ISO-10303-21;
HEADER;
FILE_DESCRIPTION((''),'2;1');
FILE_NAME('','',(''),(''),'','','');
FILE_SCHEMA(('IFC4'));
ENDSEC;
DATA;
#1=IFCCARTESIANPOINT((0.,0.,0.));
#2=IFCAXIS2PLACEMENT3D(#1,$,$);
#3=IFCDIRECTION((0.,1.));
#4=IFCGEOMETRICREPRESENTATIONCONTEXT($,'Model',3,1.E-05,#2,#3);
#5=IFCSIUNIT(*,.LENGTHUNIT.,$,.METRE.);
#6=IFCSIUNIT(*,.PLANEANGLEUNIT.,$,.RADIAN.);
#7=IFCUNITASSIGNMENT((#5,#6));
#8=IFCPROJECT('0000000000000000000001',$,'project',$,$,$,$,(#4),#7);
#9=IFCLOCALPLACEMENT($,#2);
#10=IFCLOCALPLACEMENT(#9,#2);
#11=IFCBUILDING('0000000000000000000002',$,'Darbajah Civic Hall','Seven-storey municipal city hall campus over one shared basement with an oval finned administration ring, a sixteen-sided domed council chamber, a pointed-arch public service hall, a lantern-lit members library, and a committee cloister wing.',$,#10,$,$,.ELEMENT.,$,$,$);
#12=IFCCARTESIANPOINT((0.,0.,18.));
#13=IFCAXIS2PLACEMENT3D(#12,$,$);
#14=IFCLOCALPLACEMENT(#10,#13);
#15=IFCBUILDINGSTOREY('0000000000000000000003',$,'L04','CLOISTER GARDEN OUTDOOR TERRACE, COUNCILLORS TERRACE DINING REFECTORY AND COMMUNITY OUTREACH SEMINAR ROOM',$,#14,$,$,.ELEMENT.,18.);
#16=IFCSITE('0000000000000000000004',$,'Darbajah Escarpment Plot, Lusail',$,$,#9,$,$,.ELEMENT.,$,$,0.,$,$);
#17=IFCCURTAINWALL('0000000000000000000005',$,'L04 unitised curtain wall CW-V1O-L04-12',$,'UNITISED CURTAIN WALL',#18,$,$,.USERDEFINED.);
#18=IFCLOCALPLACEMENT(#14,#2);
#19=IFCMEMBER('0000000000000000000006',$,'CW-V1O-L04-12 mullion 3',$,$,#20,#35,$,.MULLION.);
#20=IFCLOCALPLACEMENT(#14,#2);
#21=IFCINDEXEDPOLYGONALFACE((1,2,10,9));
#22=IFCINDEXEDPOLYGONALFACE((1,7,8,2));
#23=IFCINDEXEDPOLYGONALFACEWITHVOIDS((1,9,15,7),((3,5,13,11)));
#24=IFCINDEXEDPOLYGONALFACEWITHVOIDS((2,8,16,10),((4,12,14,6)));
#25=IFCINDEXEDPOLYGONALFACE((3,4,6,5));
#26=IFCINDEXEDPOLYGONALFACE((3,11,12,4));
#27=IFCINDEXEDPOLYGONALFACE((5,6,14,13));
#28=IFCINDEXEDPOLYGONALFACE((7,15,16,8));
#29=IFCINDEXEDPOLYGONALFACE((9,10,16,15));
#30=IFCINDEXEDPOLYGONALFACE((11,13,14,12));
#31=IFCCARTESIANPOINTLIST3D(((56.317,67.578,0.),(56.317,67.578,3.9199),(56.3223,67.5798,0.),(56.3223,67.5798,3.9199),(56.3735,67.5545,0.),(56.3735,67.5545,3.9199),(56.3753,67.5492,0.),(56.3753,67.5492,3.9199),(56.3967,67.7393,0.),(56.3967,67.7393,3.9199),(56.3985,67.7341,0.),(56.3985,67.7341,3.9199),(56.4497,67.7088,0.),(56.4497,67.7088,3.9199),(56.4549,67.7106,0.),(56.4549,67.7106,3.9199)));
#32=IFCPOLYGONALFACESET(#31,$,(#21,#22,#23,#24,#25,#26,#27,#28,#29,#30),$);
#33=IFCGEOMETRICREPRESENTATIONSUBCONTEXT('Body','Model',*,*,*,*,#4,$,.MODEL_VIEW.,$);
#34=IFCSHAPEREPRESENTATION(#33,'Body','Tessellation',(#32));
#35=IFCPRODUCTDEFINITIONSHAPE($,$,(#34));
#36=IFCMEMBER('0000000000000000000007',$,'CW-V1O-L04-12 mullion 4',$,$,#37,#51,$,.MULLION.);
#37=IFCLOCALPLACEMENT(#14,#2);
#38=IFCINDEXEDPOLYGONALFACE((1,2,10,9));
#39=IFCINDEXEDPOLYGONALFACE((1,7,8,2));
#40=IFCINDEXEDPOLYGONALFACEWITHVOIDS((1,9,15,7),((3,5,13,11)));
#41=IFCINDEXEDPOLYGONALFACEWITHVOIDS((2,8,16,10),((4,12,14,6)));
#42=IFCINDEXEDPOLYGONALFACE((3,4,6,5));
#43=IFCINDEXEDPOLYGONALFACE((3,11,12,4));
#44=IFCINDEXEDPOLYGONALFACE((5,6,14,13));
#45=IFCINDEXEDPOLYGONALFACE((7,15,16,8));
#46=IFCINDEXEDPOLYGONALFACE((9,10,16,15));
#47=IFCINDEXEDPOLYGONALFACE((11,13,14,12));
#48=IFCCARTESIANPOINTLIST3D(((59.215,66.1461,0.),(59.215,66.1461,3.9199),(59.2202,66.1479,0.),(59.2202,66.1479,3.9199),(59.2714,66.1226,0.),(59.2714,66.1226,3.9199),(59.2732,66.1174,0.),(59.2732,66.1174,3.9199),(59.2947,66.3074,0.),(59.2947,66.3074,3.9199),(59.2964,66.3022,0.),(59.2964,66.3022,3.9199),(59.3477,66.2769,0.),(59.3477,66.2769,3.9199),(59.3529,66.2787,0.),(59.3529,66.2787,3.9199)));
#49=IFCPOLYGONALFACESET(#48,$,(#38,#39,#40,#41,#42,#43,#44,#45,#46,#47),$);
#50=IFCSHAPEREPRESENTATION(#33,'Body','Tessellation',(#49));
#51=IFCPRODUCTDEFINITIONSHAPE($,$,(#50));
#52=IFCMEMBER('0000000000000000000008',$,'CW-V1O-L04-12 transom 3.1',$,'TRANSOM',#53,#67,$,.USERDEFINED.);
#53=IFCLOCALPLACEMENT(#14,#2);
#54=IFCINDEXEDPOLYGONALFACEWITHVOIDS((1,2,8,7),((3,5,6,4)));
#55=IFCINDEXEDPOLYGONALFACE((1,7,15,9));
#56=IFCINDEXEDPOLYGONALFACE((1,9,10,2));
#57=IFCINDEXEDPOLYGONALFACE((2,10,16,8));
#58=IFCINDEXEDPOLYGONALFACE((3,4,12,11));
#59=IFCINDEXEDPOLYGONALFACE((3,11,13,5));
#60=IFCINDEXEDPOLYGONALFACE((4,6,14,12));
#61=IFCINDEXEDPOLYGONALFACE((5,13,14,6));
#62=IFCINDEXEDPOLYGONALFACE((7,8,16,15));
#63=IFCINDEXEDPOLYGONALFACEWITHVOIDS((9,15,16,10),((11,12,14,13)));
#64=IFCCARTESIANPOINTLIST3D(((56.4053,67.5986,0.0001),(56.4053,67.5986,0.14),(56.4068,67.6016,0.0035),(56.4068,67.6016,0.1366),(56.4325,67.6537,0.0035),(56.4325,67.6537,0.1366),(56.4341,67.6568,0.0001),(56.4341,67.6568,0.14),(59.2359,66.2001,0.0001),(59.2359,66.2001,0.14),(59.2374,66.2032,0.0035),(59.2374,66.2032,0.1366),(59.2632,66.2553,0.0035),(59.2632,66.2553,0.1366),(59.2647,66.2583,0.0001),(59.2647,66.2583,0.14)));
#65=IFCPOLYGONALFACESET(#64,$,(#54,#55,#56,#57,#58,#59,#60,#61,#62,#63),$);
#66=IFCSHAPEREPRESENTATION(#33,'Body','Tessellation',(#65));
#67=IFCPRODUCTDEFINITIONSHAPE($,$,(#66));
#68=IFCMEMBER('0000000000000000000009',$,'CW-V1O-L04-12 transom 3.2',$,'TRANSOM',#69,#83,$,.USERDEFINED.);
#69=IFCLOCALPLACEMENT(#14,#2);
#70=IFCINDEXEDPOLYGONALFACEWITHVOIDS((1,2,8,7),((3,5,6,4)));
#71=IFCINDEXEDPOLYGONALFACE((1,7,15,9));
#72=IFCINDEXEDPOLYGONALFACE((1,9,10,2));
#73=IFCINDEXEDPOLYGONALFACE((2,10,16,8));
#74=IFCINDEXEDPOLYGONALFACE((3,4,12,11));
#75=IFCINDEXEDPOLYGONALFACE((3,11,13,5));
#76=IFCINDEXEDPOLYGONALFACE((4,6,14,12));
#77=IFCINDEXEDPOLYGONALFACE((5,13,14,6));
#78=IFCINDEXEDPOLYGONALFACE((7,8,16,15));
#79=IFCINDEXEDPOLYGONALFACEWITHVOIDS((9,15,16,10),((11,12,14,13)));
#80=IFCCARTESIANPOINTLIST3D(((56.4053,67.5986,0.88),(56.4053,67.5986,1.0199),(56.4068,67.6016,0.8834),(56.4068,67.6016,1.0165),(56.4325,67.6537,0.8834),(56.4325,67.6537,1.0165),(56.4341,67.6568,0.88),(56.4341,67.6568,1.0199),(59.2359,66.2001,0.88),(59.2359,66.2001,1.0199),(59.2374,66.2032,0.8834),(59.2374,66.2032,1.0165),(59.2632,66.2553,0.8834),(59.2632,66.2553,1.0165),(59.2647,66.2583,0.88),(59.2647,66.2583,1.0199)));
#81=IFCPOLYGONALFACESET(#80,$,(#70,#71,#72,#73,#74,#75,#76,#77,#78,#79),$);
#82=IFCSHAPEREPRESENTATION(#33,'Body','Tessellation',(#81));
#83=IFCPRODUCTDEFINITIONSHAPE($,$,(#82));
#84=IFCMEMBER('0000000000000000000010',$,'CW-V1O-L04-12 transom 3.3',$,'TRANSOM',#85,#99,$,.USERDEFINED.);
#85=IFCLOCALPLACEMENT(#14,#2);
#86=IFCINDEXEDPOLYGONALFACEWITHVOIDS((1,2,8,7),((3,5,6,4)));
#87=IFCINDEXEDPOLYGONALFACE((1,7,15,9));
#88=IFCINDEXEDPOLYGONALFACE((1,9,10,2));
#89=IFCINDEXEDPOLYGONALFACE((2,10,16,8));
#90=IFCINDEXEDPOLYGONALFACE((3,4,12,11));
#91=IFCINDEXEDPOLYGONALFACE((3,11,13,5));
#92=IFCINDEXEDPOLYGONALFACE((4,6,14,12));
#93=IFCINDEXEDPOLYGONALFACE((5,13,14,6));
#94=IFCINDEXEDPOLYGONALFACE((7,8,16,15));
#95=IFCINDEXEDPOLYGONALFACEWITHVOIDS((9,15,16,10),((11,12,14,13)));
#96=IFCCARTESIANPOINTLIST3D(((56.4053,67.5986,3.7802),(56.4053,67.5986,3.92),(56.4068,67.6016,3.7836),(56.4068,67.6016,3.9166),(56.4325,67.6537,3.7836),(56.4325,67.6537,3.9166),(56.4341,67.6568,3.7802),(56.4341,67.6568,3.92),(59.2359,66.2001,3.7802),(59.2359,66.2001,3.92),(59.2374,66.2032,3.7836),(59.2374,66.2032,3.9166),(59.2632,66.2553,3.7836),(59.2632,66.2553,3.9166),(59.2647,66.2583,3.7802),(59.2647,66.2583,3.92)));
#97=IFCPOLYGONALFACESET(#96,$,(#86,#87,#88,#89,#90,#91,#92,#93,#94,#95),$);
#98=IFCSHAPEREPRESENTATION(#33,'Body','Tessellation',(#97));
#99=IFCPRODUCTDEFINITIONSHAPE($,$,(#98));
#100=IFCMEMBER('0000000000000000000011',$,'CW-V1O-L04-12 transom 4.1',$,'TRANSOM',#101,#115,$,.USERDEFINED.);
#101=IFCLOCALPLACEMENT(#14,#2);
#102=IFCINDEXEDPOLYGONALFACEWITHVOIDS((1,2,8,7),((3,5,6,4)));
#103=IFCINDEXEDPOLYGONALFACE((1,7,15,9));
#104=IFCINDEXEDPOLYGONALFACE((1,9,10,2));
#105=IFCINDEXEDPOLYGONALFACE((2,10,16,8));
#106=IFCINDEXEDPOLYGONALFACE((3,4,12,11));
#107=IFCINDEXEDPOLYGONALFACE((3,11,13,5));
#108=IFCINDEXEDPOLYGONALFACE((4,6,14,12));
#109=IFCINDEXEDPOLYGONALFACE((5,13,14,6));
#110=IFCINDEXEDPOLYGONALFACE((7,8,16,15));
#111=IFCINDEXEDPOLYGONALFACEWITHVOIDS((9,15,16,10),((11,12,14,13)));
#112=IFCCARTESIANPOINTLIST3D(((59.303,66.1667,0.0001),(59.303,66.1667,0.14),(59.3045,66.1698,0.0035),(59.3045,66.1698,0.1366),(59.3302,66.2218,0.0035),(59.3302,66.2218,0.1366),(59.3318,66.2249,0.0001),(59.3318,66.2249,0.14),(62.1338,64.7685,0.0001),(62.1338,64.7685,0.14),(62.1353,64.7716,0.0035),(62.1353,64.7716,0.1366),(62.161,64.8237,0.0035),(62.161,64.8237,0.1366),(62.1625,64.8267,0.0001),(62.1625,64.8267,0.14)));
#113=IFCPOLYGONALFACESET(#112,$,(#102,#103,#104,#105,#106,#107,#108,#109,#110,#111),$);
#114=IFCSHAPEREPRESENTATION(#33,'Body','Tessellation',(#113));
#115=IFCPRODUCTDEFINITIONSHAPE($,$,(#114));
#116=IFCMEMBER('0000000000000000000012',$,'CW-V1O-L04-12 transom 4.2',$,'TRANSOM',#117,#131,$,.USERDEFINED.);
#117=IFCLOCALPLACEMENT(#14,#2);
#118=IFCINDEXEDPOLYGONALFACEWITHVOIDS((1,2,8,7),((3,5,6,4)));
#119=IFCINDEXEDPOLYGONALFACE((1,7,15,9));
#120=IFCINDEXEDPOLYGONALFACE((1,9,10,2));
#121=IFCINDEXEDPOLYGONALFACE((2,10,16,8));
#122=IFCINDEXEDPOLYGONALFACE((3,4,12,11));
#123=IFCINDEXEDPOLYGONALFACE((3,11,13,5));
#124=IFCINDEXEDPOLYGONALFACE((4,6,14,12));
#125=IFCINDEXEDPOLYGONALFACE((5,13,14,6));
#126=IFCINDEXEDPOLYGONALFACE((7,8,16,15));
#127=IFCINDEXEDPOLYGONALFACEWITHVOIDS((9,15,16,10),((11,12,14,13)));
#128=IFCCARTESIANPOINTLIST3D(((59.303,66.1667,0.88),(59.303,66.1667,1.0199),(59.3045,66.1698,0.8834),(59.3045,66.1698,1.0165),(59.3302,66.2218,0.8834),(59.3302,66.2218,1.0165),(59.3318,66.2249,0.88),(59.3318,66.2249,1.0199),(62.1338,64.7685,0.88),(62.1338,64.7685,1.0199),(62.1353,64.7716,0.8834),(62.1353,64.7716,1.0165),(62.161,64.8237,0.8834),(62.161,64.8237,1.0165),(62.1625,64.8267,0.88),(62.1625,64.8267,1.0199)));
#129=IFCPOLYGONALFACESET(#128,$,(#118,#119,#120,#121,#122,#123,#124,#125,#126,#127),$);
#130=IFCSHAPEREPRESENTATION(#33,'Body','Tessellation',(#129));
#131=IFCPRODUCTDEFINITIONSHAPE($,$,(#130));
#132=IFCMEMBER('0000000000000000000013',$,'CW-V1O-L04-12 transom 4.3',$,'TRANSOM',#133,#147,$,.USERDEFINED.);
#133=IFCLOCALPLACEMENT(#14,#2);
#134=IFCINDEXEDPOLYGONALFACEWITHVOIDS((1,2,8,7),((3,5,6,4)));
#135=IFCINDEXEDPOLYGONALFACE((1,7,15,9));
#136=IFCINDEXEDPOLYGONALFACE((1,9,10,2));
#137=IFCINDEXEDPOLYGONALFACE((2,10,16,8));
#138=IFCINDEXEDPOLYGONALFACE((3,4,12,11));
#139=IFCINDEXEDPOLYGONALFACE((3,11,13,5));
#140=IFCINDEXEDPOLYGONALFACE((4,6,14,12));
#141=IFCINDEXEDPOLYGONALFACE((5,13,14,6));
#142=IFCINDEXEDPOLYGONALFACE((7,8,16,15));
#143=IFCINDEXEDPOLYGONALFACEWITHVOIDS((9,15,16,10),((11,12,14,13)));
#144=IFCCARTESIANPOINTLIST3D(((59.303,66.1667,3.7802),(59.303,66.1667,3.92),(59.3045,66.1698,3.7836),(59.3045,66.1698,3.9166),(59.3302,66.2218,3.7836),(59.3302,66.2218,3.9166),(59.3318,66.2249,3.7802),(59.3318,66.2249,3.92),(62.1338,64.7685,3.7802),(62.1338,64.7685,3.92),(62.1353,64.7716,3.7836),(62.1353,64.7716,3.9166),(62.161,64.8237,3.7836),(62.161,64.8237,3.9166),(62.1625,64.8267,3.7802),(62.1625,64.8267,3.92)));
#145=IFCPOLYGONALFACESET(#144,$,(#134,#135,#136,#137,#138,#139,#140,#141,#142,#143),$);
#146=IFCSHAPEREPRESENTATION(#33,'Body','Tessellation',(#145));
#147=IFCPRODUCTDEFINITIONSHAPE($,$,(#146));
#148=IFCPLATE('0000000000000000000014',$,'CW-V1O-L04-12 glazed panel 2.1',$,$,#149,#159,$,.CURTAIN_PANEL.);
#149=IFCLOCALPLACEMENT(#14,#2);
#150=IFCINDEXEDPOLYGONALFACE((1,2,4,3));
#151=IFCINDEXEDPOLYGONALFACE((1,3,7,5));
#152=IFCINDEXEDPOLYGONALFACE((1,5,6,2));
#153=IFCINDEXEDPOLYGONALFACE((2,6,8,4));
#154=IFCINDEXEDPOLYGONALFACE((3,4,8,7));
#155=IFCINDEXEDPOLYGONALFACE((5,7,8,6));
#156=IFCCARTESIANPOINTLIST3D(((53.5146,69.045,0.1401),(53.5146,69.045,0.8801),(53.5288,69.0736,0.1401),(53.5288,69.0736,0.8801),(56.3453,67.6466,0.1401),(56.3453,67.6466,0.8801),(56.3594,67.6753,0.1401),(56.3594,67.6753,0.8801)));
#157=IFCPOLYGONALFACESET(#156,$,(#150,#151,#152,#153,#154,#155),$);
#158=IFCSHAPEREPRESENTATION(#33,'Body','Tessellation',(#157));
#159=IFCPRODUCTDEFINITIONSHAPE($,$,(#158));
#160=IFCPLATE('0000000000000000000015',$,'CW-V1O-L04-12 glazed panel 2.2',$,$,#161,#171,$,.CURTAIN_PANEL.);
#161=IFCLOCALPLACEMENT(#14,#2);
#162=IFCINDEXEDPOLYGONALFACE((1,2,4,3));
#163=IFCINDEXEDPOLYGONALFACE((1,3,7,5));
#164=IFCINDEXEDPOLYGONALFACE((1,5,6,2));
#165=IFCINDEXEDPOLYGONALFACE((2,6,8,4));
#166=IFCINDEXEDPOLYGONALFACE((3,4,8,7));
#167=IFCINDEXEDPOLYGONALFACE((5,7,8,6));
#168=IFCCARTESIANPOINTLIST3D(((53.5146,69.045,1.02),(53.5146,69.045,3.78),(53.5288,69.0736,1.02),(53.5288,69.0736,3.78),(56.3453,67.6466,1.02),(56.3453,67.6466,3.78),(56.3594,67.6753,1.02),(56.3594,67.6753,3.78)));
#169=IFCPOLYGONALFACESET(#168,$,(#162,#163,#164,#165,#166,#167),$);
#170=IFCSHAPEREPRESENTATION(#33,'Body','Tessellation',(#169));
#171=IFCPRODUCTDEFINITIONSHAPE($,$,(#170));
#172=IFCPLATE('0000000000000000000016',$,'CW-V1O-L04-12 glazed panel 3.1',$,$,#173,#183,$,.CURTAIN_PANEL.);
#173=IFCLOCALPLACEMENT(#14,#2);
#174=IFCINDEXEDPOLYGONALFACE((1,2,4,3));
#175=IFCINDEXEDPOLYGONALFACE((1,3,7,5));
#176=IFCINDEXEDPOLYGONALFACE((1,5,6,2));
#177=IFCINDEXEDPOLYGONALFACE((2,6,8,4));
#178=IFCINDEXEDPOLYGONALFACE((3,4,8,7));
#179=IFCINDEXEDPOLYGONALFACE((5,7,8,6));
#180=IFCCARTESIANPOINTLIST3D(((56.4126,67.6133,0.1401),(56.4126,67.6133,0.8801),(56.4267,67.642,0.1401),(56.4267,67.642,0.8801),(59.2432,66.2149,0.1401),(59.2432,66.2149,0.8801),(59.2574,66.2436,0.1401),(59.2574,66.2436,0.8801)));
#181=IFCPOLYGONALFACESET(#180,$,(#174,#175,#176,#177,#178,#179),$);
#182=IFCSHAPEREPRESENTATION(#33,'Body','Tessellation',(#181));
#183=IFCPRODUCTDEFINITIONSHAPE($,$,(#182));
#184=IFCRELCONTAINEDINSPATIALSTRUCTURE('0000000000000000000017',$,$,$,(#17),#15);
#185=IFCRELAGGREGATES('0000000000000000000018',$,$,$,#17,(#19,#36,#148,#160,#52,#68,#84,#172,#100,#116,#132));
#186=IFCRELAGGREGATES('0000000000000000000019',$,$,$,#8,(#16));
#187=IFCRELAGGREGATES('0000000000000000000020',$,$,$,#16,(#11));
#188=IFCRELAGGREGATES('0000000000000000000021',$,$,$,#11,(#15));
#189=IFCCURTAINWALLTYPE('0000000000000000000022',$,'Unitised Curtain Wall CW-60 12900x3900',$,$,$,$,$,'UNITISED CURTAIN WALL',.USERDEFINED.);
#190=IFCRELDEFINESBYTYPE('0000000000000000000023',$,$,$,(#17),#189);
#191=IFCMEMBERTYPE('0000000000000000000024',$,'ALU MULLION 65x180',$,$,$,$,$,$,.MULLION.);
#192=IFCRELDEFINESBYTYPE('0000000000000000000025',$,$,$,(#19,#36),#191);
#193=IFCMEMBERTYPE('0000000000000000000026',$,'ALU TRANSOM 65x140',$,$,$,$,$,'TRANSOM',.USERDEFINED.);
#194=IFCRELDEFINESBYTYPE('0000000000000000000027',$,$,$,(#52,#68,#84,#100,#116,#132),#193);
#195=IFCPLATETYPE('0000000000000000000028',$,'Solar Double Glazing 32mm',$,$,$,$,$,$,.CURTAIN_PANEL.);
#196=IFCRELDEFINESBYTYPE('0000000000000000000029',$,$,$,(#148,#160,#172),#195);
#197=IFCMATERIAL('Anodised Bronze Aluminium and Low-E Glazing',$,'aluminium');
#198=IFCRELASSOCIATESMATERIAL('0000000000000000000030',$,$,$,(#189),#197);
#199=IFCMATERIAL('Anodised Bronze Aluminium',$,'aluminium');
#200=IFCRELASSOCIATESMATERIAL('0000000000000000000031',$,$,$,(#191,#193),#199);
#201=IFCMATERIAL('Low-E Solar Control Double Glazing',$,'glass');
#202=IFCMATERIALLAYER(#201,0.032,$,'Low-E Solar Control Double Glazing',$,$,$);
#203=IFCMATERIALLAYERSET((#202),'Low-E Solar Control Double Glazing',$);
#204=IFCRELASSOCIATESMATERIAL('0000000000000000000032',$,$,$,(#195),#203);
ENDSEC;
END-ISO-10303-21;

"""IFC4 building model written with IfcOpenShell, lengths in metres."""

from ifc_helpers import new_model, si_unit, direction, frame, origin, origin_2d, place, context, subcontext, project, spatial, rectangle, hollow_rectangle, extrude, material, layer, layer_set, material_profile, profile_set, type_object, element, aggregate, save


model = new_model("IFC4")

# Units and contexts
model_context = context("Model", 3, precision=1e-05, world=origin(), true_north=direction((0.0, 1.0)))
body_context = subcontext(model_context, "Body", "Model", "MODEL_VIEW")
ifc_project = project(units=[si_unit("LENGTHUNIT", "METRE"), si_unit("PLANEANGLEUNIT", "RADIAN")], contexts=[model_context])

# Site, building, storey
site_placement = place(None, origin())
site = spatial("IfcSite", under=ifc_project, at=site_placement, Name="Darbajah Escarpment Plot, Lusail", CompositionType="ELEMENT", RefElevation=0.0)
building_placement = place(site_placement, origin())
building = spatial("IfcBuilding", under=site, at=building_placement, Name="Darbajah Civic Hall", Description="Seven-storey municipal city hall campus over one shared basement with an oval finned administration ring, a sixteen-sided domed council chamber, a pointed-arch public service hall, a lantern-lit members library, and a committee cloister wing.", CompositionType="ELEMENT")
storey_placement = place(building_placement, frame((0.0, 0.0, 18.0)))
storey = spatial("IfcBuildingStorey", under=building, at=storey_placement, Name="L04", Description="CLOISTER GARDEN OUTDOOR TERRACE, COUNCILLORS TERRACE DINING REFECTORY AND COMMUNITY OUTREACH SEMINAR ROOM", CompositionType="ELEMENT", Elevation=18.0)

# Curtain wall, members, plates
ifc_material_1 = material(Name="Anodised Bronze Aluminium and Low-E Glazing", Category="aluminium")
curtain_wall_type = type_object("IfcCurtainWallType", Name="Unitised Curtain Wall CW-60 12900x3900", ElementType="UNITISED CURTAIN WALL", PredefinedType="USERDEFINED", material=ifc_material_1)
curtain_wall_placement = place(storey_placement, origin())
curtain_wall = element("IfcCurtainWall", 1, at=curtain_wall_placement, inside=storey, type_object=curtain_wall_type, Name="L04 unitised curtain wall CW-V1O-L04-12", ObjectType="UNITISED CURTAIN WALL", PredefinedType="USERDEFINED")
ifc_material_2 = material(Name="Anodised Bronze Aluminium", Category="aluminium")
ifc_material_profile_1 = material_profile(ifc_material_2, hollow_rectangle(XDim=0.0649, YDim=0.1799, WallThickness=0.0039, at=origin_2d()), Name="ALU MULLION 65x180")
ifc_profile_set_1 = profile_set([ifc_material_profile_1], Name="Anodised Bronze Aluminium")
member_type_1 = type_object("IfcMemberType", Name="ALU MULLION 65x180", PredefinedType="MULLION", material=ifc_profile_set_1)
member_1_placement = place(storey_placement, frame((56.386, 67.6443, 0.0), z_axis=(0.0, 0.0, 1.0), x_axis=(0.896564, -0.442915, 0.0)))
member_1 = element("IfcMember", 2, at=member_1_placement, type_object=member_type_1, Name="CW-V1O-L04-12 mullion 3", PredefinedType="MULLION", context=body_context, shape_type="SweptSolid", body=[
    extrude(hollow_rectangle(XDim=0.0649, YDim=0.1799, WallThickness=0.0039, at=origin_2d()), origin(), (0.0, 0.0, 1.0), 3.9199),
])
member_2_placement = place(storey_placement, frame((59.2839, 66.2124, 0.0), z_axis=(0.0, 0.0, 1.0), x_axis=(0.896564, -0.442915, 0.0)))
member_2 = element("IfcMember", 3, at=member_2_placement, type_object=member_type_1, Name="CW-V1O-L04-12 mullion 4", PredefinedType="MULLION", context=body_context, shape_type="SweptSolid", body=[
    extrude(hollow_rectangle(XDim=0.0649, YDim=0.1799, WallThickness=0.0039, at=origin_2d()), origin(), (0.0, 0.0, 1.0), 3.9199),
])
ifc_material_profile_2 = material_profile(ifc_material_2, hollow_rectangle(XDim=0.0649, YDim=0.1399, WallThickness=0.0034, at=origin_2d()), Name="ALU TRANSOM 65x140")
ifc_profile_set_2 = profile_set([ifc_material_profile_2], Name="Anodised Bronze Aluminium")
member_type_2 = type_object("IfcMemberType", Name="ALU TRANSOM 65x140", ElementType="TRANSOM", PredefinedType="USERDEFINED", material=ifc_profile_set_2)
member_3_placement = place(storey_placement, frame((56.4197, 67.6277, 0.0701), z_axis=(0.896551, -0.44294, 0.0), x_axis=(0.44294, 0.896551, 0.0)))
member_3 = element("IfcMember", 4, at=member_3_placement, type_object=member_type_2, Name="CW-V1O-L04-12 transom 3.1", ObjectType="TRANSOM", PredefinedType="USERDEFINED", context=body_context, shape_type="SweptSolid", body=[
    extrude(hollow_rectangle(XDim=0.0649, YDim=0.1399, WallThickness=0.0034, at=origin_2d()), origin(), (0.0, 0.0, 1.0), 3.1572),
])
member_4_placement = place(storey_placement, frame((56.4197, 67.6277, 0.95), z_axis=(0.896551, -0.44294, 0.0), x_axis=(0.44294, 0.896551, 0.0)))
member_4 = element("IfcMember", 5, at=member_4_placement, type_object=member_type_2, Name="CW-V1O-L04-12 transom 3.2", ObjectType="TRANSOM", PredefinedType="USERDEFINED", context=body_context, shape_type="SweptSolid", body=[
    extrude(hollow_rectangle(XDim=0.0649, YDim=0.1399, WallThickness=0.0034, at=origin_2d()), origin(), (0.0, 0.0, 1.0), 3.1572),
])
member_5_placement = place(storey_placement, frame((56.4197, 67.6277, 3.8501), z_axis=(0.896551, -0.44294, 0.0), x_axis=(0.44294, 0.896551, 0.0)))
member_5 = element("IfcMember", 6, at=member_5_placement, type_object=member_type_2, Name="CW-V1O-L04-12 transom 3.3", ObjectType="TRANSOM", PredefinedType="USERDEFINED", context=body_context, shape_type="SweptSolid", body=[
    extrude(hollow_rectangle(XDim=0.0649, YDim=0.1399, WallThickness=0.0034, at=origin_2d()), origin(), (0.0, 0.0, 1.0), 3.1572),
])
member_6_placement = place(storey_placement, frame((59.3174, 66.1958, 0.0701), z_axis=(0.896597, -0.442847, 0.0), x_axis=(0.442847, 0.896597, 0.0)))
member_6 = element("IfcMember", 7, at=member_6_placement, type_object=member_type_2, Name="CW-V1O-L04-12 transom 4.1", ObjectType="TRANSOM", PredefinedType="USERDEFINED", context=body_context, shape_type="SweptSolid", body=[
    extrude(hollow_rectangle(XDim=0.0649, YDim=0.1399, WallThickness=0.0034, at=origin_2d()), origin(), (0.0, 0.0, 1.0), 3.1572),
])
member_7_placement = place(storey_placement, frame((59.3174, 66.1958, 0.95), z_axis=(0.896597, -0.442847, 0.0), x_axis=(0.442847, 0.896597, 0.0)))
member_7 = element("IfcMember", 8, at=member_7_placement, type_object=member_type_2, Name="CW-V1O-L04-12 transom 4.2", ObjectType="TRANSOM", PredefinedType="USERDEFINED", context=body_context, shape_type="SweptSolid", body=[
    extrude(hollow_rectangle(XDim=0.0649, YDim=0.1399, WallThickness=0.0034, at=origin_2d()), origin(), (0.0, 0.0, 1.0), 3.1572),
])
member_8_placement = place(storey_placement, frame((59.3174, 66.1958, 3.8501), z_axis=(0.896597, -0.442847, 0.0), x_axis=(0.442847, 0.896597, 0.0)))
member_8 = element("IfcMember", 9, at=member_8_placement, type_object=member_type_2, Name="CW-V1O-L04-12 transom 4.3", ObjectType="TRANSOM", PredefinedType="USERDEFINED", context=body_context, shape_type="SweptSolid", body=[
    extrude(hollow_rectangle(XDim=0.0649, YDim=0.1399, WallThickness=0.0034, at=origin_2d()), origin(), (0.0, 0.0, 1.0), 3.1572),
])
ifc_material_3 = material(Name="Low-E Solar Control Double Glazing", Category="glass")
ifc_layer = layer(ifc_material_3, 0.032, Name="Low-E Solar Control Double Glazing")
ifc_layer_set = layer_set([ifc_layer], Name="Low-E Solar Control Double Glazing")
plate_type = type_object("IfcPlateType", Name="Solar Double Glazing 32mm", PredefinedType="CURTAIN_PANEL", material=ifc_layer_set)
plate_1_placement = place(storey_placement, frame((54.937, 68.3601, 0.1401), z_axis=(0.0, 0.0, 1.0), x_axis=(0.896564, -0.442915, 0.0)))
plate_1 = element("IfcPlate", 10, at=plate_1_placement, type_object=plate_type, Name="CW-V1O-L04-12 glazed panel 2.1", PredefinedType="CURTAIN_PANEL", context=body_context, shape_type="SweptSolid", body=[
    extrude(rectangle(XDim=3.1572, YDim=0.032, at=origin_2d()), origin(), (0.0, 0.0, 1.0), 0.74),
])
plate_2_placement = place(storey_placement, frame((54.937, 68.3601, 1.02), z_axis=(0.0, 0.0, 1.0), x_axis=(0.896564, -0.442915, 0.0)))
plate_2 = element("IfcPlate", 11, at=plate_2_placement, type_object=plate_type, Name="CW-V1O-L04-12 glazed panel 2.2", PredefinedType="CURTAIN_PANEL", context=body_context, shape_type="SweptSolid", body=[
    extrude(rectangle(XDim=3.1572, YDim=0.032, at=origin_2d()), origin(), (0.0, 0.0, 1.0), 2.76),
])
plate_3_placement = place(storey_placement, frame((57.835, 66.9285, 0.1401), z_axis=(0.0, 0.0, 1.0), x_axis=(0.896564, -0.442915, 0.0)))
plate_3 = element("IfcPlate", 12, at=plate_3_placement, type_object=plate_type, Name="CW-V1O-L04-12 glazed panel 3.1", PredefinedType="CURTAIN_PANEL", context=body_context, shape_type="SweptSolid", body=[
    extrude(rectangle(XDim=3.1572, YDim=0.032, at=origin_2d()), origin(), (0.0, 0.0, 1.0), 0.74),
])
aggregate(curtain_wall, [member_1, member_2, plate_1, plate_2, member_3, member_4, member_5, plate_3, member_6, member_7, member_8])

save(model, "model.ifc")
